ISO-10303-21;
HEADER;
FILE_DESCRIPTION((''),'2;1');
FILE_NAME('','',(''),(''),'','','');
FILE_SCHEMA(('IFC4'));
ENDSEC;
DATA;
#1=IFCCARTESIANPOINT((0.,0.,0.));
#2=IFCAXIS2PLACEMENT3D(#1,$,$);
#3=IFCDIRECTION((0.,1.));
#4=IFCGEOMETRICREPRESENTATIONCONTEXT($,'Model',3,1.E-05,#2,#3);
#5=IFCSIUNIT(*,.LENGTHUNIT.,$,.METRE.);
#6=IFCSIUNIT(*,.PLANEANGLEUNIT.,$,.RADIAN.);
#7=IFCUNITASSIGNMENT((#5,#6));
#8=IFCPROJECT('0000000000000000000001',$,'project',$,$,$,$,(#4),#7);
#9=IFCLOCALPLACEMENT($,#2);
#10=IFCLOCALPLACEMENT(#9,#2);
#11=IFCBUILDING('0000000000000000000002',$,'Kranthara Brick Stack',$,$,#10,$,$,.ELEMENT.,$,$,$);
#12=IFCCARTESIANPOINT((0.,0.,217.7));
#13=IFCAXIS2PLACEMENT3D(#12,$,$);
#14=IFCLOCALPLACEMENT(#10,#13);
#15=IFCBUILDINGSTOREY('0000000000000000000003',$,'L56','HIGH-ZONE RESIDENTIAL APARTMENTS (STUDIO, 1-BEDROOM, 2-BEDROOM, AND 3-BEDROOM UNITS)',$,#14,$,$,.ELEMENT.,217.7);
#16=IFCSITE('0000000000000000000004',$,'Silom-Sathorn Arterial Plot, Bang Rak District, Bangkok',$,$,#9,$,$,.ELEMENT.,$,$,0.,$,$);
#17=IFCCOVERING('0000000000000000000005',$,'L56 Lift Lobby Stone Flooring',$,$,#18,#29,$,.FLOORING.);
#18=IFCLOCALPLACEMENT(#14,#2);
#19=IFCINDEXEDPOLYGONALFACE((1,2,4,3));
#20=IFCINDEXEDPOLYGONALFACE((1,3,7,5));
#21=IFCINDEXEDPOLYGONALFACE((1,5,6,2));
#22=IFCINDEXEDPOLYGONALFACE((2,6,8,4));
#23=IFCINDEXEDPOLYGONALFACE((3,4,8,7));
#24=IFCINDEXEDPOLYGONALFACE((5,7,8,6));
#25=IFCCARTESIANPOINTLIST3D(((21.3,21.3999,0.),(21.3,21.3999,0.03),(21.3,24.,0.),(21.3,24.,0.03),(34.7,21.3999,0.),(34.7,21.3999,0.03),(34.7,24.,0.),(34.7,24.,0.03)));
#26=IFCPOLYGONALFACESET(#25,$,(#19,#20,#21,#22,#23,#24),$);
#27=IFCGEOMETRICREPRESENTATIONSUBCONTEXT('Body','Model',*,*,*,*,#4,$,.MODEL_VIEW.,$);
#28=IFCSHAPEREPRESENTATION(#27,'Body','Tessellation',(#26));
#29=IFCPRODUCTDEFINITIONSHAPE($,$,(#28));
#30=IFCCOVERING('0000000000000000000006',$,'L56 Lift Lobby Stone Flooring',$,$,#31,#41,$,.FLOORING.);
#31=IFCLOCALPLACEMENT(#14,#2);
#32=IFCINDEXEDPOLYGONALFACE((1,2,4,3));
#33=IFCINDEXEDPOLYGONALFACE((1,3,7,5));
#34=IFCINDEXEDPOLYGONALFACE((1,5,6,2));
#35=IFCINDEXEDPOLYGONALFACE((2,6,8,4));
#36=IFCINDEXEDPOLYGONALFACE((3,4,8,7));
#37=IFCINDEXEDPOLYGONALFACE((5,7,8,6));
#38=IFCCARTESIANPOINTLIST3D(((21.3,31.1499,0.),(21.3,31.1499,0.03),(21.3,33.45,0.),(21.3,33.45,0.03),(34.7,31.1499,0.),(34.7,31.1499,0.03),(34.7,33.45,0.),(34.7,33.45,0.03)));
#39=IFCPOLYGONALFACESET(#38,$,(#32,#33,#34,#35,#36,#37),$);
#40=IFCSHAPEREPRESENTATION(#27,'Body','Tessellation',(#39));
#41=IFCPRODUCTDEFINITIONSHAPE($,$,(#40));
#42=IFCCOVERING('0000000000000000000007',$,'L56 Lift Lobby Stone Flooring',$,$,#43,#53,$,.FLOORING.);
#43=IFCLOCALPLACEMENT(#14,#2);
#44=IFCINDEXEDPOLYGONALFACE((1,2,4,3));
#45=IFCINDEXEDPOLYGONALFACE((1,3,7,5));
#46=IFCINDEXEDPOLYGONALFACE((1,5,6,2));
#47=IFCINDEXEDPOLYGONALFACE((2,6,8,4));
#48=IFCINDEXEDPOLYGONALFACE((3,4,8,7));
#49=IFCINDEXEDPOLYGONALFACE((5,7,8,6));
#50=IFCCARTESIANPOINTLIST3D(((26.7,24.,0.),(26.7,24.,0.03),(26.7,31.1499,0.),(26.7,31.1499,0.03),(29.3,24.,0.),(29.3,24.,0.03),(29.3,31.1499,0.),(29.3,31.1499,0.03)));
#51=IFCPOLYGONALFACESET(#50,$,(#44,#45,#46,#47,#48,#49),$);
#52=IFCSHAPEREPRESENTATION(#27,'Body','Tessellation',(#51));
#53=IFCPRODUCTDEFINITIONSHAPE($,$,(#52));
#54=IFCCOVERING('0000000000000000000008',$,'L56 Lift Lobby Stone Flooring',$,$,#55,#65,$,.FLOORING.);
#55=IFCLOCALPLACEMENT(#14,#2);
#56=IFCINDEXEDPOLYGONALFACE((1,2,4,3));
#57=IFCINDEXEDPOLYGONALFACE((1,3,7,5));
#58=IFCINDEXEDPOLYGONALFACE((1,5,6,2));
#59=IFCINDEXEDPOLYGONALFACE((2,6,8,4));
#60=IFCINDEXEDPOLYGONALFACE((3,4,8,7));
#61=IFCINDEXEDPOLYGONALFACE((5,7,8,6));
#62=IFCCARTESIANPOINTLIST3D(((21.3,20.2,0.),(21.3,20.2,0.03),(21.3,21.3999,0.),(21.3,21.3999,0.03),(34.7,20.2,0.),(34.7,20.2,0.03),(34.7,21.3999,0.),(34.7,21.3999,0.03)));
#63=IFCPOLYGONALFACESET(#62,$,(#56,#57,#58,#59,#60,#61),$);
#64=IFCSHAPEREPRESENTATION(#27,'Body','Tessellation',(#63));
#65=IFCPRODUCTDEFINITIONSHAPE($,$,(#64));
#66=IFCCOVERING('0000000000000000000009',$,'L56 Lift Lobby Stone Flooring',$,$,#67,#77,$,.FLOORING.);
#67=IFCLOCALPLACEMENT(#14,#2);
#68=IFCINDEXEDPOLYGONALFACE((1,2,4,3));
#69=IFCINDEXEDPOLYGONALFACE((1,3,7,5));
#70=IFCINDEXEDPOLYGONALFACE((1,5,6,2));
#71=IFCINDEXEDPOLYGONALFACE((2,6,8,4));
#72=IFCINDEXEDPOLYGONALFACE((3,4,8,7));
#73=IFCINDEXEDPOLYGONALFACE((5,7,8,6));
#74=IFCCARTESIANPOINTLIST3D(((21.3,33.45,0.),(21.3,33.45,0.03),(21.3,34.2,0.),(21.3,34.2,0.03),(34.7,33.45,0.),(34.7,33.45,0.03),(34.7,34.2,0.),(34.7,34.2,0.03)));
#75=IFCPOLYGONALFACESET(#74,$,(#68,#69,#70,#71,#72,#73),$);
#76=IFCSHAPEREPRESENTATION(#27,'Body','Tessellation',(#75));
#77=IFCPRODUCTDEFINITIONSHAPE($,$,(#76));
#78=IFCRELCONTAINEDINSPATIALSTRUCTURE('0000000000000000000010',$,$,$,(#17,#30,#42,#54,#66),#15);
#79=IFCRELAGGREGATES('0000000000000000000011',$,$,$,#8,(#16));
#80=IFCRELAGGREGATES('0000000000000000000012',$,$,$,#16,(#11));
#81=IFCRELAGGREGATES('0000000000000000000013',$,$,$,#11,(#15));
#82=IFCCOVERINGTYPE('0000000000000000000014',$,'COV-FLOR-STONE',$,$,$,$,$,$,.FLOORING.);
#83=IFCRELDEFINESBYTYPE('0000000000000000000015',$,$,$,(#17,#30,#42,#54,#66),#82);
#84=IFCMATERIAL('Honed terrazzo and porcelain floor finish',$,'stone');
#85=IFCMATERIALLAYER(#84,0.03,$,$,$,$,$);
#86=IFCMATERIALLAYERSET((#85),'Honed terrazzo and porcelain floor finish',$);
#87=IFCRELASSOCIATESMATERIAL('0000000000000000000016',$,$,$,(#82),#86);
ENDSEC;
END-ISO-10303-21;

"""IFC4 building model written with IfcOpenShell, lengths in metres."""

from ifc_helpers import new_model, si_unit, direction, frame, origin, place, context, subcontext, project, spatial, polyline, outline, extrude, material, layer, layer_set, type_object, element, save


model = new_model("IFC4")

# Units and contexts
model_context = context("Model", 3, precision=1e-05, world=origin(), true_north=direction((0.0, 1.0)))
body_context = subcontext(model_context, "Body", "Model", "MODEL_VIEW")
ifc_project = project(units=[si_unit("LENGTHUNIT", "METRE"), si_unit("PLANEANGLEUNIT", "RADIAN")], contexts=[model_context])

# Site, building, storey
site_placement = place(None, origin())
site = spatial("IfcSite", under=ifc_project, at=site_placement, Name="Silom-Sathorn Arterial Plot, Bang Rak District, Bangkok", CompositionType="ELEMENT", RefElevation=0.0)
building_placement = place(site_placement, origin())
building = spatial("IfcBuilding", under=site, at=building_placement, Name="Kranthara Brick Stack", CompositionType="ELEMENT")
storey_placement = place(building_placement, frame((0.0, 0.0, 217.7)))
storey = spatial("IfcBuildingStorey", under=building, at=storey_placement, Name="L56", Description="HIGH-ZONE RESIDENTIAL APARTMENTS (STUDIO, 1-BEDROOM, 2-BEDROOM, AND 3-BEDROOM UNITS)", CompositionType="ELEMENT", Elevation=217.7)

# Coverings
ifc_material_1 = material(Name="Honed terrazzo and porcelain floor finish", Category="stone")
ifc_layer_1 = layer(ifc_material_1, 0.03)
ifc_layer_set_1 = layer_set([ifc_layer_1], Name="Honed terrazzo and porcelain floor finish")
covering_type_1 = type_object("IfcCoveringType", Name="COV-FLOR-STONE", PredefinedType="FLOORING", material=ifc_layer_set_1)
covering_1_placement = place(storey_placement, origin())
element("IfcCovering", 1, at=covering_1_placement, inside=storey, type_object=covering_type_1, Name="L56 Lift Lobby Stone Flooring", PredefinedType="FLOORING", context=body_context, shape_type="SweptSolid", body=[
    extrude(outline(polyline([(34.7, 21.3999), (34.7, 24.0), (21.3, 24.0), (21.3, 21.3999), (34.7, 21.3999)])), origin(), (0.0, 0.0, 1.0), 0.03),
])
covering_2_placement = place(storey_placement, origin())
element("IfcCovering", 2, at=covering_2_placement, inside=storey, type_object=covering_type_1, Name="L56 Lift Lobby Stone Flooring", PredefinedType="FLOORING", context=body_context, shape_type="SweptSolid", body=[
    extrude(outline(polyline([(34.7, 31.1499), (34.7, 33.45), (21.3, 33.45), (21.3, 31.1499), (34.7, 31.1499)])), origin(), (0.0, 0.0, 1.0), 0.03),
])
covering_3_placement = place(storey_placement, origin())
element("IfcCovering", 3, at=covering_3_placement, inside=storey, type_object=covering_type_1, Name="L56 Lift Lobby Stone Flooring", PredefinedType="FLOORING", context=body_context, shape_type="SweptSolid", body=[
    extrude(outline(polyline([(29.3, 24.0), (26.7, 24.0), (26.7, 31.1499), (29.3, 31.1499), (29.3, 24.0)])), origin(), (0.0, 0.0, 1.0), 0.03),
])
covering_4_placement = place(storey_placement, origin())
element("IfcCovering", 4, at=covering_4_placement, inside=storey, type_object=covering_type_1, Name="L56 Lift Lobby Stone Flooring", PredefinedType="FLOORING", context=body_context, shape_type="SweptSolid", body=[
    extrude(outline(polyline([(34.7, 20.2), (21.3, 20.2), (21.3, 21.3999), (34.7, 21.3999), (34.7, 20.2)])), origin(), (0.0, 0.0, 1.0), 0.03),
])
covering_5_placement = place(storey_placement, origin())
element("IfcCovering", 5, at=covering_5_placement, inside=storey, type_object=covering_type_1, Name="L56 Lift Lobby Stone Flooring", PredefinedType="FLOORING", context=body_context, shape_type="SweptSolid", body=[
    extrude(outline(polyline([(34.7, 33.45), (21.3, 33.45), (21.3, 34.2), (34.7, 34.2), (34.7, 33.45)])), origin(), (0.0, 0.0, 1.0), 0.03),
])

save(model, "model.ifc")
